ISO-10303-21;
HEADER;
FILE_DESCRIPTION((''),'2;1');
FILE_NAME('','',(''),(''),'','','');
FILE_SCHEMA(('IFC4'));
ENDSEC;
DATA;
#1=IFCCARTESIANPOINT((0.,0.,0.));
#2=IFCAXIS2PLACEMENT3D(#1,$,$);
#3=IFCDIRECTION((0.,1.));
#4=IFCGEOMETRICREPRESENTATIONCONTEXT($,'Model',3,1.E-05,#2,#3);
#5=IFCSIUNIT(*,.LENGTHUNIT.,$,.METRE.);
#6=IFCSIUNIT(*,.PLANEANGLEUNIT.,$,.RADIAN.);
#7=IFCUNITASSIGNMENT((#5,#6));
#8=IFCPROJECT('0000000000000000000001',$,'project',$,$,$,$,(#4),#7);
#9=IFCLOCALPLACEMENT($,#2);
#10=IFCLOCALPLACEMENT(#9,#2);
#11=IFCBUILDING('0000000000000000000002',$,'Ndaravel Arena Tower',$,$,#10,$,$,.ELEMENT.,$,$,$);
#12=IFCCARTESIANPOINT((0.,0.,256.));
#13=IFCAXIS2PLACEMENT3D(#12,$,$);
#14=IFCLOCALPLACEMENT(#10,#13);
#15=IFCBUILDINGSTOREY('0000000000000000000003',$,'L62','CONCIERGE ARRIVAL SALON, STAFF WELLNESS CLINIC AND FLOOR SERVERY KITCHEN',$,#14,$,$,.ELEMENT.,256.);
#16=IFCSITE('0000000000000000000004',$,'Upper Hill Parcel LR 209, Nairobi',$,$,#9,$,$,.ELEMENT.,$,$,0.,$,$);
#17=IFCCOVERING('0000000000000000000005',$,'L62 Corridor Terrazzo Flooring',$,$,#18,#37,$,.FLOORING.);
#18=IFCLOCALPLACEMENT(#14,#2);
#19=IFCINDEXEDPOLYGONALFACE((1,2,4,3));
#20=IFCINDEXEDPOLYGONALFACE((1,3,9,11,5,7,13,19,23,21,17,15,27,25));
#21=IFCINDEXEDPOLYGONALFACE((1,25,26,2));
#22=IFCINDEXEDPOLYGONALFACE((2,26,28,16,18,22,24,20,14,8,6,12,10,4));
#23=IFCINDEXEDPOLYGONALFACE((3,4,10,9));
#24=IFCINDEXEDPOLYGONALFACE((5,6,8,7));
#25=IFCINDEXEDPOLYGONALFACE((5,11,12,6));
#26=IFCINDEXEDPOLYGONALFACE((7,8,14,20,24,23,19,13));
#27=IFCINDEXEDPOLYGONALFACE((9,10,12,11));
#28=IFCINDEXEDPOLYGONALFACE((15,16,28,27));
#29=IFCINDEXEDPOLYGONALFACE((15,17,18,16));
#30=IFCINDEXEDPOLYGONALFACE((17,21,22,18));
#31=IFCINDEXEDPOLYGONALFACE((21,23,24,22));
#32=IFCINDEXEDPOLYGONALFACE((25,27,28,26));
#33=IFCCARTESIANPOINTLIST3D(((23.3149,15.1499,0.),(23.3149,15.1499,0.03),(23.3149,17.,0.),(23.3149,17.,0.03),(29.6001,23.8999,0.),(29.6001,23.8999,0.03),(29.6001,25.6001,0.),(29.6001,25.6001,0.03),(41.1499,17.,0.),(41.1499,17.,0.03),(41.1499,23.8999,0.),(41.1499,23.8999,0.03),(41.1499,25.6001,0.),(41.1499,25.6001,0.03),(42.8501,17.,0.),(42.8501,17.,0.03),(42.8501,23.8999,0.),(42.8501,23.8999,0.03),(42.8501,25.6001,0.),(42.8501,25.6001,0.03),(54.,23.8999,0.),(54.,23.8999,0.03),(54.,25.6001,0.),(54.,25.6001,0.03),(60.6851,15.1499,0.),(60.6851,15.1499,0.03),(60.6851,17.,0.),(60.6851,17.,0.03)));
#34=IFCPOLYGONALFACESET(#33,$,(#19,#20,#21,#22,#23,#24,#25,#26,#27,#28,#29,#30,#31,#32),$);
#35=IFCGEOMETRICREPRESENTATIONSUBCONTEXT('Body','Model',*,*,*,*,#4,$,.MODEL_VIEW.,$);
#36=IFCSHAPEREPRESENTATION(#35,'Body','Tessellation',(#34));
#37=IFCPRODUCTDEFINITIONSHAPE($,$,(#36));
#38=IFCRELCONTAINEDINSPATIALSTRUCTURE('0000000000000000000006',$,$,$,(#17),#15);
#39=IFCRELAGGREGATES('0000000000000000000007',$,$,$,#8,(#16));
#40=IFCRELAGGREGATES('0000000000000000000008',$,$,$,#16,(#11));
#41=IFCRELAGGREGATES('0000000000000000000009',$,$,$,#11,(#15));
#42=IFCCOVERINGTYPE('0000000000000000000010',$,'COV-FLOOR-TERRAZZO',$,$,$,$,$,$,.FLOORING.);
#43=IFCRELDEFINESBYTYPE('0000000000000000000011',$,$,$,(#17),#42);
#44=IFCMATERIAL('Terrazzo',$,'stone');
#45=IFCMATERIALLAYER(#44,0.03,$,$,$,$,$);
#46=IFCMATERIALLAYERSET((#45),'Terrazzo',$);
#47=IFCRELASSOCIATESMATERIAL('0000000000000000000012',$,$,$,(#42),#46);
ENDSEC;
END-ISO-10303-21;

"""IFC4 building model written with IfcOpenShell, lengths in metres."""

from ifc_helpers import new_model, si_unit, direction, frame, origin, place, context, subcontext, project, spatial, polyline, outline, extrude, material, layer, layer_set, type_object, element, save


model = new_model("IFC4")

# Units and contexts
model_context = context("Model", 3, precision=1e-05, world=origin(), true_north=direction((0.0, 1.0)))
body_context = subcontext(model_context, "Body", "Model", "MODEL_VIEW")
ifc_project = project(units=[si_unit("LENGTHUNIT", "METRE"), si_unit("PLANEANGLEUNIT", "RADIAN")], contexts=[model_context])

# Site, building, storey
site_placement = place(None, origin())
site = spatial("IfcSite", under=ifc_project, at=site_placement, Name="Upper Hill Parcel LR 209, Nairobi", CompositionType="ELEMENT", RefElevation=0.0)
building_placement = place(site_placement, origin())
building = spatial("IfcBuilding", under=site, at=building_placement, Name="Ndaravel Arena Tower", CompositionType="ELEMENT")
storey_placement = place(building_placement, frame((0.0, 0.0, 256.0)))
storey = spatial("IfcBuildingStorey", under=building, at=storey_placement, Name="L62", Description="CONCIERGE ARRIVAL SALON, STAFF WELLNESS CLINIC AND FLOOR SERVERY KITCHEN", CompositionType="ELEMENT", Elevation=256.0)

# Covering
ifc_material_1 = material(Name="Terrazzo", Category="stone")
ifc_layer_1 = layer(ifc_material_1, 0.03)
ifc_layer_set_1 = layer_set([ifc_layer_1], Name="Terrazzo")
covering_type_1 = type_object("IfcCoveringType", Name="COV-FLOOR-TERRAZZO", PredefinedType="FLOORING", material=ifc_layer_set_1)
covering_1_placement = place(storey_placement, origin())
element("IfcCovering", 1, at=covering_1_placement, inside=storey, type_object=covering_type_1, Name="L62 Corridor Terrazzo Flooring", PredefinedType="FLOORING", context=body_context, shape_type="SweptSolid", body=[
    extrude(outline(polyline([(60.6851, 17.0), (42.8501, 17.0), (42.8501, 23.8999), (54.0, 23.8999), (54.0, 25.6001), (42.8501, 25.6001), (41.1499, 25.6001), (29.6001, 25.6001), (29.6001, 23.8999), (41.1499, 23.8999), (41.1499, 17.0), (23.3149, 17.0), (23.3149, 15.1499), (60.6851, 15.1499), (60.6851, 17.0)])), origin(), (0.0, 0.0, 1.0), 0.03),
])

save(model, "model.ifc")
